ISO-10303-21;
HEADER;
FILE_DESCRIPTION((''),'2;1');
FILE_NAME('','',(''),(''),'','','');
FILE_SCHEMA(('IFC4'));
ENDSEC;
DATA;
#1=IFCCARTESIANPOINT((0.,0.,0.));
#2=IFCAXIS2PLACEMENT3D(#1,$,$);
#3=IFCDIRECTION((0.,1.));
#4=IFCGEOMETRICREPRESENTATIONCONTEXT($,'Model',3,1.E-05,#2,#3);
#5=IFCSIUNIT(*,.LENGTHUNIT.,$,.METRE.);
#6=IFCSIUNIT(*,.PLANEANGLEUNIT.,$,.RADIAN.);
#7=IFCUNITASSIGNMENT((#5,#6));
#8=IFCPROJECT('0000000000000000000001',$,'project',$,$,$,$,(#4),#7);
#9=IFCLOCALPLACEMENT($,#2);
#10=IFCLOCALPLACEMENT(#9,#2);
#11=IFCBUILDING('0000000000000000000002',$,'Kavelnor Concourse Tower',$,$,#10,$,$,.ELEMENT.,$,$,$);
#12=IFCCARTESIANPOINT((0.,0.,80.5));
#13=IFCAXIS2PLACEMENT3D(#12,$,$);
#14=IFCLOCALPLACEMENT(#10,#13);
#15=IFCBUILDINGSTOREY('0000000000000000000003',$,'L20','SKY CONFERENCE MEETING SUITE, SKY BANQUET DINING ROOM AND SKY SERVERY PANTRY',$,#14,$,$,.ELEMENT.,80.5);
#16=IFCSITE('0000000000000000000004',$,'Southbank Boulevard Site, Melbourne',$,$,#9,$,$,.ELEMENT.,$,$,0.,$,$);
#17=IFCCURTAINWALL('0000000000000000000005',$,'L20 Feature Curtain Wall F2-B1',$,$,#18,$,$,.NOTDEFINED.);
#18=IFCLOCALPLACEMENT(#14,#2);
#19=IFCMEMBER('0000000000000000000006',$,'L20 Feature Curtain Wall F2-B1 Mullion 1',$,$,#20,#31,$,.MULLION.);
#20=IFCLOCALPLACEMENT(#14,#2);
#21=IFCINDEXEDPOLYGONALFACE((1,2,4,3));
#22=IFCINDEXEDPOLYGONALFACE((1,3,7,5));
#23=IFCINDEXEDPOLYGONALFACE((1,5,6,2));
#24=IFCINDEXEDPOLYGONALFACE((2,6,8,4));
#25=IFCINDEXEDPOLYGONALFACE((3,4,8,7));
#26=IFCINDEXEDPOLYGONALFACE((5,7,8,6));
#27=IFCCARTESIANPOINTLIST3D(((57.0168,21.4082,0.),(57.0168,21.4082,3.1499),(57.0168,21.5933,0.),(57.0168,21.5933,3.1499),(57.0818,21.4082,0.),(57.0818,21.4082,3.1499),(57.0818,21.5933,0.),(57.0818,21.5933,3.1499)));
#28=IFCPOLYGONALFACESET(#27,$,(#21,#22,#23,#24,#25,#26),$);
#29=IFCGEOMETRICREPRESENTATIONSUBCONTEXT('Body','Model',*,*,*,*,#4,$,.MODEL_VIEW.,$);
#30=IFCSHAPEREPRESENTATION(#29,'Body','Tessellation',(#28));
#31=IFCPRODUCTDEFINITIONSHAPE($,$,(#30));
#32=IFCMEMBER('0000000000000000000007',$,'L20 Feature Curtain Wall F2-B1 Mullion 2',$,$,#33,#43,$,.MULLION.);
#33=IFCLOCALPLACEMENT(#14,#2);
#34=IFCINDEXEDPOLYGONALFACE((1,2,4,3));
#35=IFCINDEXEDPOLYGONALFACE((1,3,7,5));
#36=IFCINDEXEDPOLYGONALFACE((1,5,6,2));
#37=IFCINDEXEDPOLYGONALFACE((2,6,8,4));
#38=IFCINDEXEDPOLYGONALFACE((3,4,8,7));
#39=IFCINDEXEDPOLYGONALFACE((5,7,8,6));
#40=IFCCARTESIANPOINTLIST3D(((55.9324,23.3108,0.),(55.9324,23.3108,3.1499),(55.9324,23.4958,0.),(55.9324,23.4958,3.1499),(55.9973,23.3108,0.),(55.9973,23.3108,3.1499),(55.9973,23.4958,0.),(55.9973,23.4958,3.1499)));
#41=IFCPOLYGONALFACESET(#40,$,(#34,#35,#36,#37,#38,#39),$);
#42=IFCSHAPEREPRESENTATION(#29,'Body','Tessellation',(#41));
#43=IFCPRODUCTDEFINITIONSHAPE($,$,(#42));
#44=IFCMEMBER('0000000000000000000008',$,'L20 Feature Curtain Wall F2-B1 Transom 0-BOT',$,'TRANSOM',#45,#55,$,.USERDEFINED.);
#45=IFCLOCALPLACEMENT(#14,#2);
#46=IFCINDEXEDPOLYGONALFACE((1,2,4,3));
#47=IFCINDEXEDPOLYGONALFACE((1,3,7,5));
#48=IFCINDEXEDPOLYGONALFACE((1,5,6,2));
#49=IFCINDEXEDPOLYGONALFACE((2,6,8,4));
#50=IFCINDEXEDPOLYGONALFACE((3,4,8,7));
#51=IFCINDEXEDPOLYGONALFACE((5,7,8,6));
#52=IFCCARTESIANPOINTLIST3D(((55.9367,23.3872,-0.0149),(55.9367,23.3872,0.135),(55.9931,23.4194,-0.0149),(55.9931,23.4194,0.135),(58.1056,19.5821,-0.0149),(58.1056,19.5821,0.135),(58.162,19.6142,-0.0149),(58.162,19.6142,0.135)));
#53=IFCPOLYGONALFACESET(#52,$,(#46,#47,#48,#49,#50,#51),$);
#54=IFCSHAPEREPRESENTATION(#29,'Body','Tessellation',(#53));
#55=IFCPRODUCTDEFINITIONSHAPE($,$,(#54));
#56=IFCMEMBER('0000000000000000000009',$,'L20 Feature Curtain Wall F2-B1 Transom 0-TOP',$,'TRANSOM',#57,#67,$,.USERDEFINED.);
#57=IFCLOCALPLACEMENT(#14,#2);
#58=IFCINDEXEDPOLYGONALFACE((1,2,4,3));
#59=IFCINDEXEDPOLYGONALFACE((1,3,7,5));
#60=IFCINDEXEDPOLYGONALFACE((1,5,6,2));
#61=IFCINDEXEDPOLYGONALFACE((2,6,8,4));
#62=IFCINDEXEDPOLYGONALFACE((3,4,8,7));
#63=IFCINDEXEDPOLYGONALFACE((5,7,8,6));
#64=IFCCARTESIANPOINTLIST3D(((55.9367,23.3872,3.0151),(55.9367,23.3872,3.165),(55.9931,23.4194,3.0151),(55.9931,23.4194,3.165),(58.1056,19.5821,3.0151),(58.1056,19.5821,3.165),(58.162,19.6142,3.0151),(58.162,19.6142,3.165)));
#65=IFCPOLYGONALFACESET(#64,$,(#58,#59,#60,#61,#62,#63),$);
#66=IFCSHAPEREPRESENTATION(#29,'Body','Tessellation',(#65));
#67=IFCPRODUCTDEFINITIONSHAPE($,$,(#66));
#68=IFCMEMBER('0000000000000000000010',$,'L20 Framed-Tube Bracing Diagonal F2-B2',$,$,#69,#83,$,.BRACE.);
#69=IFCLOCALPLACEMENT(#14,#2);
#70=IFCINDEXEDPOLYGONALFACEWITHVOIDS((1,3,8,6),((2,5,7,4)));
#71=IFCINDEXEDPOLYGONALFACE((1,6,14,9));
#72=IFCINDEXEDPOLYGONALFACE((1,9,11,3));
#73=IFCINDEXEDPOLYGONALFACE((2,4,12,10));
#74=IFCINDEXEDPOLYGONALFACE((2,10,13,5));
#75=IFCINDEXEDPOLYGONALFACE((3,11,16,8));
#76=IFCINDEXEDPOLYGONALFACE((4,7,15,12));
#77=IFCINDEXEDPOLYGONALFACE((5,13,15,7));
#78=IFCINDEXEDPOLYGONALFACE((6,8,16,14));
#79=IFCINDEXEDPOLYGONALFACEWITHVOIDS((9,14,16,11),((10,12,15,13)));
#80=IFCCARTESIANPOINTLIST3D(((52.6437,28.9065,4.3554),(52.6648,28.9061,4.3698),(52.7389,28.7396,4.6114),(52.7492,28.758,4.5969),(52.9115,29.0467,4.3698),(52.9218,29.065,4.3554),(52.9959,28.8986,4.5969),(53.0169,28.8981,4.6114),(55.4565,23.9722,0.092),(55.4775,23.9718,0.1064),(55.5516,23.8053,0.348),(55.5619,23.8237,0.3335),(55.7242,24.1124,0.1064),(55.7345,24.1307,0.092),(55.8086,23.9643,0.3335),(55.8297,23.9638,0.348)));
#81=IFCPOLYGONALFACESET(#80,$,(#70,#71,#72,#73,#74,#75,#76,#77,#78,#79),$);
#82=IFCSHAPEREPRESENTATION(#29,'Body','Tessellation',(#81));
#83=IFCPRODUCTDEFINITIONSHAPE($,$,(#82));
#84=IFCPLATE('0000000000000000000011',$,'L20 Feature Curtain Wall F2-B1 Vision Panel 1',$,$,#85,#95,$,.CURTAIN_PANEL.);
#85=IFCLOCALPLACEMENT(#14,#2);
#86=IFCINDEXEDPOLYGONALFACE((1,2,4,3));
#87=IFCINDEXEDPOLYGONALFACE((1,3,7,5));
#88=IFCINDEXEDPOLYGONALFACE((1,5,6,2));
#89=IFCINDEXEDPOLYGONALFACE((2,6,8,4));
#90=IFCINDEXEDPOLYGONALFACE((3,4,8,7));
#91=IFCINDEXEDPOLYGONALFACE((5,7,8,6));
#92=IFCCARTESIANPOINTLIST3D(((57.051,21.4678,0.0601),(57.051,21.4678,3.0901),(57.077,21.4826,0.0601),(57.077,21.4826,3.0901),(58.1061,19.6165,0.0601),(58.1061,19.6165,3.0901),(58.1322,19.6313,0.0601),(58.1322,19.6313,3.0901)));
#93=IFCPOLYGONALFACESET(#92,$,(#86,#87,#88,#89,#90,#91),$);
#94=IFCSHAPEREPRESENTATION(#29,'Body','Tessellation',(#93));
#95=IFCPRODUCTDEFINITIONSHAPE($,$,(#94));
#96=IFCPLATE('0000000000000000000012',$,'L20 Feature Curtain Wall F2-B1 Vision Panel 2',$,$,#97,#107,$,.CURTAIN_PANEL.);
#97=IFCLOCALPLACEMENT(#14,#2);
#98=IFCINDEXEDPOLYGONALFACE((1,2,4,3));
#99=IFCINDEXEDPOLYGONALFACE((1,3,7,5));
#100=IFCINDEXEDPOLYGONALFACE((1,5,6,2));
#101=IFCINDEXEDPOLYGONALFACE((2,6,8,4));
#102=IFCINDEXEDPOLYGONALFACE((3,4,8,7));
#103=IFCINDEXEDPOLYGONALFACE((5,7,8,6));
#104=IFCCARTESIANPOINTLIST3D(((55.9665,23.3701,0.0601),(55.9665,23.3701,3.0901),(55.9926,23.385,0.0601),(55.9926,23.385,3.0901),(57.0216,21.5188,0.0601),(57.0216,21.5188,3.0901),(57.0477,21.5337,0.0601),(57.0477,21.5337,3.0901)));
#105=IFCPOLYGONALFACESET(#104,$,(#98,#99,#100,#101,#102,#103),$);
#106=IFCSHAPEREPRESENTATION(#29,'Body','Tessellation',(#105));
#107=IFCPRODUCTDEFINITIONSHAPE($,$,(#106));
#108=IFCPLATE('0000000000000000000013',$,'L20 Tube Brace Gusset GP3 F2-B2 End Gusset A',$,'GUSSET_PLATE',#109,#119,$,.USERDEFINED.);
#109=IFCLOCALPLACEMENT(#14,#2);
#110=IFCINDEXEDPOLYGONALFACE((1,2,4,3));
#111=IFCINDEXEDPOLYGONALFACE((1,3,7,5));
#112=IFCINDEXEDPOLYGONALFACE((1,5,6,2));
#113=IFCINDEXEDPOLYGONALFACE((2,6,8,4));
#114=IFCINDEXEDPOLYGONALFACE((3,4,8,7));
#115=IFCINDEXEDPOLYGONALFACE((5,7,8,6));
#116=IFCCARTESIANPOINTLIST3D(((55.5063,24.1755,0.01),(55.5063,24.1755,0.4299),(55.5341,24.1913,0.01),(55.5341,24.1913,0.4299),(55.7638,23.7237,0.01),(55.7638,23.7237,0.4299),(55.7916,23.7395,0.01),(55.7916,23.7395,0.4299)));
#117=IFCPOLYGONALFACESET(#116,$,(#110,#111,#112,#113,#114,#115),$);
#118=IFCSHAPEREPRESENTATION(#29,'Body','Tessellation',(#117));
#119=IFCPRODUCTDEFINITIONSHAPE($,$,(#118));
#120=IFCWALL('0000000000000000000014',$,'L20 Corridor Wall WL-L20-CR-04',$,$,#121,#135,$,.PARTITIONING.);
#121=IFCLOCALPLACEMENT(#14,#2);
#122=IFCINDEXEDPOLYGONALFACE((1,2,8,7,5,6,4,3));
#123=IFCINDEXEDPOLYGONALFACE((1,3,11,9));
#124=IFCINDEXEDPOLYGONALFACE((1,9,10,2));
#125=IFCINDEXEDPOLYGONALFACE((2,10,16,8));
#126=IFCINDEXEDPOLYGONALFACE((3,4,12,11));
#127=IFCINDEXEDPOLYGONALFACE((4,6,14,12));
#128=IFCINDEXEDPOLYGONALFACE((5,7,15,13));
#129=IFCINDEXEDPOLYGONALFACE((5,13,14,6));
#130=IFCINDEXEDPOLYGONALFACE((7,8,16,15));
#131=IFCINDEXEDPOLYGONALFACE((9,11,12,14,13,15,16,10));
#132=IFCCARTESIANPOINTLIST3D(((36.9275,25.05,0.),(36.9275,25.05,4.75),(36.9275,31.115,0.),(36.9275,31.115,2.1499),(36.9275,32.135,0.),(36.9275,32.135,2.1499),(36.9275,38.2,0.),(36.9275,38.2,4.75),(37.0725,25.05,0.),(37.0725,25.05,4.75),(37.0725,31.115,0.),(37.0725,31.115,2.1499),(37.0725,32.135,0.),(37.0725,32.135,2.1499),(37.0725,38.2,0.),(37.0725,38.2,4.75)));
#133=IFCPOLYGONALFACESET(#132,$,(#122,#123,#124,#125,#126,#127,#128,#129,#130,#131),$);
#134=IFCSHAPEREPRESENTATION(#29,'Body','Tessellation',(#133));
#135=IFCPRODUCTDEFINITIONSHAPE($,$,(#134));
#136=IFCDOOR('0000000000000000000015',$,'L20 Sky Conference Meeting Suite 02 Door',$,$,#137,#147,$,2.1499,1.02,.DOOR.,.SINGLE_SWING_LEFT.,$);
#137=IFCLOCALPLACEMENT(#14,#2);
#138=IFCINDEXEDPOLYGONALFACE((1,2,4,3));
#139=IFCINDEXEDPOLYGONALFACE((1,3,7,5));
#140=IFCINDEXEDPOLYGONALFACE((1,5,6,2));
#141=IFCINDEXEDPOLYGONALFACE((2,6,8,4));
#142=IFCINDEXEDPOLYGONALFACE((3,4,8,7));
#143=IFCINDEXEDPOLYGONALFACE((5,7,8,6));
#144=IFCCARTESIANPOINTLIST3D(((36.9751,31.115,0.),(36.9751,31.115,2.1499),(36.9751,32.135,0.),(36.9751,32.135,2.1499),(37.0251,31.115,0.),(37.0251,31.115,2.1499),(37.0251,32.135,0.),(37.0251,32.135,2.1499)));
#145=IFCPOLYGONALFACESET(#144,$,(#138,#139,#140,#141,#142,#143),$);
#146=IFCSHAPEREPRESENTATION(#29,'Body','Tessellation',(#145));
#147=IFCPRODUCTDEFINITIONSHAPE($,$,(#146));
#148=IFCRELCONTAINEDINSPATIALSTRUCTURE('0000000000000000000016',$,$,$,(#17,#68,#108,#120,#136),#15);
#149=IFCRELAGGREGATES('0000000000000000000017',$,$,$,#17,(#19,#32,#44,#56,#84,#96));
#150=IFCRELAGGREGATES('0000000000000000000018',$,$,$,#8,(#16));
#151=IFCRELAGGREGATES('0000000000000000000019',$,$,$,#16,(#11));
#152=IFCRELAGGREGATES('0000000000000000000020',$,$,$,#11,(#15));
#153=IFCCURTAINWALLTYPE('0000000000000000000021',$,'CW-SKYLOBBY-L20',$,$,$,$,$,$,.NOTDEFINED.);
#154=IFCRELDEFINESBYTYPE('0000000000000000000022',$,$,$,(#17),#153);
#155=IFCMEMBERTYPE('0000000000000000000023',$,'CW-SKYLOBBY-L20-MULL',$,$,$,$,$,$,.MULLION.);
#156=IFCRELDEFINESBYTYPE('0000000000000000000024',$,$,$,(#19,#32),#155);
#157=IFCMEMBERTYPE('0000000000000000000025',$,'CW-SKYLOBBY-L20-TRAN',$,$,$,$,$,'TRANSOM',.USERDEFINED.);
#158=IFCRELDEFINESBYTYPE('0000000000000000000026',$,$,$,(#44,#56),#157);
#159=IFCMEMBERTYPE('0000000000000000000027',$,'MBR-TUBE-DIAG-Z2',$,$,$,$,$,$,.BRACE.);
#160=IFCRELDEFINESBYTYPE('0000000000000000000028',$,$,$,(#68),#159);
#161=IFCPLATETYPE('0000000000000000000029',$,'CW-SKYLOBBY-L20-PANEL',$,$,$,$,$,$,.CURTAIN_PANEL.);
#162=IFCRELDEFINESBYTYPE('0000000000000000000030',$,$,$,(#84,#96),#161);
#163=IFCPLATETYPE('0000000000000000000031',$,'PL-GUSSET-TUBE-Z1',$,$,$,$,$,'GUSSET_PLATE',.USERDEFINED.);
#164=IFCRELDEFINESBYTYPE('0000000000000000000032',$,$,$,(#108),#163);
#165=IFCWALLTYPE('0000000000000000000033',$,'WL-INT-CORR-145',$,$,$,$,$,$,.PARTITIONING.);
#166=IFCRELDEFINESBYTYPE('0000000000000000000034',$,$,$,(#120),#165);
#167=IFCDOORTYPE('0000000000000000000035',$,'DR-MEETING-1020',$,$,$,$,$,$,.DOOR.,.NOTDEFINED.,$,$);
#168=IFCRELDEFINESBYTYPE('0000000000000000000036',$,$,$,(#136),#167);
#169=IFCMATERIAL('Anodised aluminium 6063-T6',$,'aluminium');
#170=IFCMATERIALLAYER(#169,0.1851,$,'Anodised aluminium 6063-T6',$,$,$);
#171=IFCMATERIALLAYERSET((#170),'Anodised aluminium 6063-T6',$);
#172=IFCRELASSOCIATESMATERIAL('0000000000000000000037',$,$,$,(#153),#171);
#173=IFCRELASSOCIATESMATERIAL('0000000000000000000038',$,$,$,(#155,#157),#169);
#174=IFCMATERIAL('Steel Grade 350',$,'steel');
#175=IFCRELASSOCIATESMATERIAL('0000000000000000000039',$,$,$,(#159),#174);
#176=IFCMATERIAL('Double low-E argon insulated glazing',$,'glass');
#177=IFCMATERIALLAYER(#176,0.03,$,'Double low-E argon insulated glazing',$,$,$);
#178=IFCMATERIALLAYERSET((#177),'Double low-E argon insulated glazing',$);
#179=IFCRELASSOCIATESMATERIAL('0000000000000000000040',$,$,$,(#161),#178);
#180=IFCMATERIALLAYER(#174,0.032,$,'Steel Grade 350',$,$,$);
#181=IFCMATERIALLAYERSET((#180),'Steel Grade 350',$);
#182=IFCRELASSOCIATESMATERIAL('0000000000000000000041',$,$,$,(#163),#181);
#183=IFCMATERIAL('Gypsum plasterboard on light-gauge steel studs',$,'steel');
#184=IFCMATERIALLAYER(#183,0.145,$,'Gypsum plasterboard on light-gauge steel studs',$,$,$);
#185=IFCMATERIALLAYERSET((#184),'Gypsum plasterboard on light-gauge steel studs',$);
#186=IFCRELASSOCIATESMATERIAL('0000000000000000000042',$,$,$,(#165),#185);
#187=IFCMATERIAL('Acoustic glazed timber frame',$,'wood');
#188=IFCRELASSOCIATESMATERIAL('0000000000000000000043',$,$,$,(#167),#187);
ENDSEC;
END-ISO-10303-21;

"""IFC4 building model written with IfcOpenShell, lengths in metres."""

from ifc_helpers import new_model, si_unit, direction, frame, frame_2d, origin, origin_2d, place, context, subcontext, project, spatial, rectangle, hollow_rectangle, extrude, material, layer, layer_set, material_profile, profile_set, type_object, element, fill, aggregate, save


model = new_model("IFC4")

# Units and contexts
model_context = context("Model", 3, precision=1e-05, world=origin(), true_north=direction((0.0, 1.0)))
body_context = subcontext(model_context, "Body", "Model", "MODEL_VIEW")
ifc_project = project(units=[si_unit("LENGTHUNIT", "METRE"), si_unit("PLANEANGLEUNIT", "RADIAN")], contexts=[model_context])

# Site, building, storey
site_placement = place(None, origin())
site = spatial("IfcSite", under=ifc_project, at=site_placement, Name="Southbank Boulevard Site, Melbourne", CompositionType="ELEMENT", RefElevation=0.0)
building_placement = place(site_placement, origin())
building = spatial("IfcBuilding", under=site, at=building_placement, Name="Kavelnor Concourse Tower", CompositionType="ELEMENT")
storey_placement = place(building_placement, frame((0.0, 0.0, 80.5)))
storey = spatial("IfcBuildingStorey", under=building, at=storey_placement, Name="L20", Description="SKY CONFERENCE MEETING SUITE, SKY BANQUET DINING ROOM AND SKY SERVERY PANTRY", CompositionType="ELEMENT", Elevation=80.5)

# Shared definitions
ifc_material_1 = material(Name="Steel Grade 350", Category="steel")

# Curtain wall, members
ifc_material_2 = material(Name="Anodised aluminium 6063-T6", Category="aluminium")
ifc_layer_1 = layer(ifc_material_2, 0.1851, Name="Anodised aluminium 6063-T6")
ifc_layer_set_1 = layer_set([ifc_layer_1], Name="Anodised aluminium 6063-T6")
curtain_wall_type = type_object("IfcCurtainWallType", Name="CW-SKYLOBBY-L20", PredefinedType="NOTDEFINED", material=ifc_layer_set_1)
curtain_wall_placement = place(storey_placement, origin())
curtain_wall = element("IfcCurtainWall", 1, at=curtain_wall_placement, inside=storey, type_object=curtain_wall_type, Name="L20 Feature Curtain Wall F2-B1", PredefinedType="NOTDEFINED")
ifc_material_profile_1 = material_profile(ifc_material_2, rectangle(XDim=0.0649, YDim=0.1851, at=origin_2d()), Name="AL-MULL 65x185")
ifc_profile_set_1 = profile_set([ifc_material_profile_1], Name="Anodised aluminium 6063-T6")
member_type_1 = type_object("IfcMemberType", Name="CW-SKYLOBBY-L20-MULL", PredefinedType="MULLION", material=ifc_profile_set_1)
member_1_placement = place(storey_placement, frame((57.0493, 21.5007, 0.0), z_axis=(0.0, 0.0, 1.0), x_axis=(1.0, 0.0, 0.0)))
member_1 = element("IfcMember", 2, at=member_1_placement, type_object=member_type_1, Name="L20 Feature Curtain Wall F2-B1 Mullion 1", PredefinedType="MULLION", context=body_context, shape_type="SweptSolid", body=[
    extrude(rectangle(XDim=0.0649, YDim=0.1851, at=origin_2d()), origin(), (0.0, 0.0, 1.0), 3.1499),
])
member_2_placement = place(storey_placement, frame((55.9648, 23.4033, 0.0), z_axis=(0.0, 0.0, 1.0), x_axis=(1.0, 0.0, 0.0)))
member_2 = element("IfcMember", 3, at=member_2_placement, type_object=member_type_1, Name="L20 Feature Curtain Wall F2-B1 Mullion 2", PredefinedType="MULLION", context=body_context, shape_type="SweptSolid", body=[
    extrude(rectangle(XDim=0.0649, YDim=0.1851, at=origin_2d()), origin(), (0.0, 0.0, 1.0), 3.1499),
])
ifc_material_profile_2 = material_profile(ifc_material_2, rectangle(XDim=0.0649, YDim=0.1499, at=origin_2d()), Name="AL-TRAN 65x150")
ifc_profile_set_2 = profile_set([ifc_material_profile_2], Name="Anodised aluminium 6063-T6")
member_type_2 = type_object("IfcMemberType", Name="CW-SKYLOBBY-L20-TRAN", ElementType="TRANSOM", PredefinedType="USERDEFINED", material=ifc_profile_set_2)
member_3_placement = place(storey_placement, frame((58.1338, 19.5981, 0.0601), z_axis=(-0.495202, 0.868778, 0.0), x_axis=(-0.868778, -0.495202, 0.0)))
member_3 = element("IfcMember", 4, at=member_3_placement, type_object=member_type_2, Name="L20 Feature Curtain Wall F2-B1 Transom 0-BOT", ObjectType="TRANSOM", PredefinedType="USERDEFINED", context=body_context, shape_type="SweptSolid", body=[
    extrude(rectangle(XDim=0.0649, YDim=0.1499, at=origin_2d()), origin(), (0.0, 0.0, 1.0), 4.3799),
])
member_4_placement = place(storey_placement, frame((58.1338, 19.5981, 3.0901), z_axis=(-0.495202, 0.868778, 0.0), x_axis=(-0.868778, -0.495202, 0.0)))
member_4 = element("IfcMember", 5, at=member_4_placement, type_object=member_type_2, Name="L20 Feature Curtain Wall F2-B1 Transom 0-TOP", ObjectType="TRANSOM", PredefinedType="USERDEFINED", context=body_context, shape_type="SweptSolid", body=[
    extrude(rectangle(XDim=0.0649, YDim=0.1499, at=origin_2d()), origin(), (0.0, 0.0, 1.0), 4.3799),
])

# Member
ifc_material_profile_3 = material_profile(ifc_material_1, hollow_rectangle(XDim=0.3201, YDim=0.3201, WallThickness=0.0181, at=origin_2d()), Name="SHS 320x320x18")
ifc_profile_set_3 = profile_set([ifc_material_profile_3], Name="Steel Grade 350")
member_type_3 = type_object("IfcMemberType", Name="MBR-TUBE-DIAG-Z2", PredefinedType="BRACE", material=ifc_profile_set_3)
member_5_placement = place(storey_placement, frame((55.6431, 23.968, 0.22), z_axis=(-0.396059, 0.694797, 0.600328), x_axis=(-0.868764, -0.495227, 0.0)))
element("IfcMember", 6, at=member_5_placement, inside=storey, type_object=member_type_3, Name="L20 Framed-Tube Bracing Diagonal F2-B2", PredefinedType="BRACE", context=body_context, shape_type="SweptSolid", body=[
    extrude(hollow_rectangle(XDim=0.3201, YDim=0.3201, WallThickness=0.0181, at=origin_2d()), origin(), (0.0, 0.0, 1.0), 7.1018),
])

# Plates
ifc_material_3 = material(Name="Double low-E argon insulated glazing", Category="glass")
ifc_layer_2 = layer(ifc_material_3, 0.03, Name="Double low-E argon insulated glazing")
ifc_layer_set_2 = layer_set([ifc_layer_2], Name="Double low-E argon insulated glazing")
plate_type_1 = type_object("IfcPlateType", Name="CW-SKYLOBBY-L20-PANEL", PredefinedType="CURTAIN_PANEL", material=ifc_layer_set_2)
plate_1_placement = place(storey_placement, frame((57.5916, 20.5496, 0.0601), z_axis=(0.0, 0.0, 1.0), x_axis=(-0.495155, 0.868804, 0.0)))
plate_1 = element("IfcPlate", 7, at=plate_1_placement, type_object=plate_type_1, Name="L20 Feature Curtain Wall F2-B1 Vision Panel 1", PredefinedType="CURTAIN_PANEL", context=body_context, shape_type="SweptSolid", body=[
    extrude(rectangle(XDim=2.1309, YDim=0.03, at=origin_2d()), origin(), (0.0, 0.0, 1.0), 3.03),
])
plate_2_placement = place(storey_placement, frame((56.5071, 22.4519, 0.0601), z_axis=(0.0, 0.0, 1.0), x_axis=(-0.495155, 0.868804, 0.0)))
plate_2 = element("IfcPlate", 8, at=plate_2_placement, type_object=plate_type_1, Name="L20 Feature Curtain Wall F2-B1 Vision Panel 2", PredefinedType="CURTAIN_PANEL", context=body_context, shape_type="SweptSolid", body=[
    extrude(rectangle(XDim=2.1309, YDim=0.03, at=origin_2d()), origin(), (0.0, 0.0, 1.0), 3.03),
])
aggregate(curtain_wall, [member_1, member_2, member_3, member_4, plate_1, plate_2])
ifc_layer_3 = layer(ifc_material_1, 0.032, Name="Steel Grade 350")
ifc_layer_set_3 = layer_set([ifc_layer_3], Name="Steel Grade 350")
plate_type_2 = type_object("IfcPlateType", Name="PL-GUSSET-TUBE-Z1", ElementType="GUSSET_PLATE", PredefinedType="USERDEFINED", material=ifc_layer_set_3)
plate_3_placement = place(storey_placement, frame((55.6489, 23.9575, 0.01), z_axis=(0.0, 0.0, 1.0), x_axis=(-0.495155, 0.868804, 0.0)))
element("IfcPlate", 9, at=plate_3_placement, inside=storey, type_object=plate_type_2, Name="L20 Tube Brace Gusset GP3 F2-B2 End Gusset A", ObjectType="GUSSET_PLATE", PredefinedType="USERDEFINED", context=body_context, shape_type="SweptSolid", body=[
    extrude(rectangle(XDim=0.52, YDim=0.032, at=origin_2d()), origin(), (0.0, 0.0, 1.0), 0.4199),
])

# Wall, opening, door
ifc_material_4 = material(Name="Gypsum plasterboard on light-gauge steel studs", Category="steel")
ifc_layer_4 = layer(ifc_material_4, 0.145, Name="Gypsum plasterboard on light-gauge steel studs")
ifc_layer_set_4 = layer_set([ifc_layer_4], Name="Gypsum plasterboard on light-gauge steel studs")
wall_type_1 = type_object("IfcWallType", Name="WL-INT-CORR-145", PredefinedType="PARTITIONING", material=ifc_layer_set_4)
wall_1_placement = place(storey_placement, frame((37.0, 25.05, 0.0), z_axis=(0.0, 0.0, 1.0), x_axis=(0.0, 1.0, 0.0)))
wall_1 = element("IfcWall", 10, at=wall_1_placement, inside=storey, type_object=wall_type_1, Name="L20 Corridor Wall WL-L20-CR-04", PredefinedType="PARTITIONING", context=body_context, shape_type="SweptSolid", body=[
    extrude(rectangle(XDim=13.1499, YDim=0.145, at=frame_2d((6.575, 0.0))), origin(), (0.0, 0.0, 1.0), 4.75),
])
opening_1_placement = place(wall_1_placement, frame((6.0649, 0.0, 0.0)))
opening_1 = element("IfcOpeningElement", 11, at=opening_1_placement, cuts=wall_1, PredefinedType="OPENING", context=body_context, shape_type="SweptSolid", body=[
    extrude(rectangle(XDim=1.02, YDim=2.1499, at=frame_2d((0.51, 1.075))), frame((0.0, 0.0825, 0.0), z_axis=(0.0, -1.0, 0.0), x_axis=(1.0, 0.0, 0.0)), (0.0, 0.0, 1.0), 0.165),
])
ifc_material_5 = material(Name="Acoustic glazed timber frame", Category="wood")
door_type_1 = type_object("IfcDoorType", Name="DR-MEETING-1020", OperationType="NOTDEFINED", PredefinedType="DOOR", material=ifc_material_5)
door_1_placement = place(opening_1_placement, origin())
door_1 = element("IfcDoor", 12, at=door_1_placement, inside=storey, type_object=door_type_1, Name="L20 Sky Conference Meeting Suite 02 Door", OperationType="SINGLE_SWING_LEFT", OverallHeight=2.1499, OverallWidth=1.02, PredefinedType="DOOR", context=body_context, shape_type="SweptSolid", body=[
    extrude(rectangle(XDim=1.02, YDim=2.1499, at=frame_2d((0.51, 1.075))), frame((0.0, 0.0249, 0.0), z_axis=(0.0, -1.0, 0.0), x_axis=(1.0, 0.0, 0.0)), (0.0, 0.0, 1.0), 0.05),
])
fill(opening_1, door_1)

save(model, "model.ifc")
